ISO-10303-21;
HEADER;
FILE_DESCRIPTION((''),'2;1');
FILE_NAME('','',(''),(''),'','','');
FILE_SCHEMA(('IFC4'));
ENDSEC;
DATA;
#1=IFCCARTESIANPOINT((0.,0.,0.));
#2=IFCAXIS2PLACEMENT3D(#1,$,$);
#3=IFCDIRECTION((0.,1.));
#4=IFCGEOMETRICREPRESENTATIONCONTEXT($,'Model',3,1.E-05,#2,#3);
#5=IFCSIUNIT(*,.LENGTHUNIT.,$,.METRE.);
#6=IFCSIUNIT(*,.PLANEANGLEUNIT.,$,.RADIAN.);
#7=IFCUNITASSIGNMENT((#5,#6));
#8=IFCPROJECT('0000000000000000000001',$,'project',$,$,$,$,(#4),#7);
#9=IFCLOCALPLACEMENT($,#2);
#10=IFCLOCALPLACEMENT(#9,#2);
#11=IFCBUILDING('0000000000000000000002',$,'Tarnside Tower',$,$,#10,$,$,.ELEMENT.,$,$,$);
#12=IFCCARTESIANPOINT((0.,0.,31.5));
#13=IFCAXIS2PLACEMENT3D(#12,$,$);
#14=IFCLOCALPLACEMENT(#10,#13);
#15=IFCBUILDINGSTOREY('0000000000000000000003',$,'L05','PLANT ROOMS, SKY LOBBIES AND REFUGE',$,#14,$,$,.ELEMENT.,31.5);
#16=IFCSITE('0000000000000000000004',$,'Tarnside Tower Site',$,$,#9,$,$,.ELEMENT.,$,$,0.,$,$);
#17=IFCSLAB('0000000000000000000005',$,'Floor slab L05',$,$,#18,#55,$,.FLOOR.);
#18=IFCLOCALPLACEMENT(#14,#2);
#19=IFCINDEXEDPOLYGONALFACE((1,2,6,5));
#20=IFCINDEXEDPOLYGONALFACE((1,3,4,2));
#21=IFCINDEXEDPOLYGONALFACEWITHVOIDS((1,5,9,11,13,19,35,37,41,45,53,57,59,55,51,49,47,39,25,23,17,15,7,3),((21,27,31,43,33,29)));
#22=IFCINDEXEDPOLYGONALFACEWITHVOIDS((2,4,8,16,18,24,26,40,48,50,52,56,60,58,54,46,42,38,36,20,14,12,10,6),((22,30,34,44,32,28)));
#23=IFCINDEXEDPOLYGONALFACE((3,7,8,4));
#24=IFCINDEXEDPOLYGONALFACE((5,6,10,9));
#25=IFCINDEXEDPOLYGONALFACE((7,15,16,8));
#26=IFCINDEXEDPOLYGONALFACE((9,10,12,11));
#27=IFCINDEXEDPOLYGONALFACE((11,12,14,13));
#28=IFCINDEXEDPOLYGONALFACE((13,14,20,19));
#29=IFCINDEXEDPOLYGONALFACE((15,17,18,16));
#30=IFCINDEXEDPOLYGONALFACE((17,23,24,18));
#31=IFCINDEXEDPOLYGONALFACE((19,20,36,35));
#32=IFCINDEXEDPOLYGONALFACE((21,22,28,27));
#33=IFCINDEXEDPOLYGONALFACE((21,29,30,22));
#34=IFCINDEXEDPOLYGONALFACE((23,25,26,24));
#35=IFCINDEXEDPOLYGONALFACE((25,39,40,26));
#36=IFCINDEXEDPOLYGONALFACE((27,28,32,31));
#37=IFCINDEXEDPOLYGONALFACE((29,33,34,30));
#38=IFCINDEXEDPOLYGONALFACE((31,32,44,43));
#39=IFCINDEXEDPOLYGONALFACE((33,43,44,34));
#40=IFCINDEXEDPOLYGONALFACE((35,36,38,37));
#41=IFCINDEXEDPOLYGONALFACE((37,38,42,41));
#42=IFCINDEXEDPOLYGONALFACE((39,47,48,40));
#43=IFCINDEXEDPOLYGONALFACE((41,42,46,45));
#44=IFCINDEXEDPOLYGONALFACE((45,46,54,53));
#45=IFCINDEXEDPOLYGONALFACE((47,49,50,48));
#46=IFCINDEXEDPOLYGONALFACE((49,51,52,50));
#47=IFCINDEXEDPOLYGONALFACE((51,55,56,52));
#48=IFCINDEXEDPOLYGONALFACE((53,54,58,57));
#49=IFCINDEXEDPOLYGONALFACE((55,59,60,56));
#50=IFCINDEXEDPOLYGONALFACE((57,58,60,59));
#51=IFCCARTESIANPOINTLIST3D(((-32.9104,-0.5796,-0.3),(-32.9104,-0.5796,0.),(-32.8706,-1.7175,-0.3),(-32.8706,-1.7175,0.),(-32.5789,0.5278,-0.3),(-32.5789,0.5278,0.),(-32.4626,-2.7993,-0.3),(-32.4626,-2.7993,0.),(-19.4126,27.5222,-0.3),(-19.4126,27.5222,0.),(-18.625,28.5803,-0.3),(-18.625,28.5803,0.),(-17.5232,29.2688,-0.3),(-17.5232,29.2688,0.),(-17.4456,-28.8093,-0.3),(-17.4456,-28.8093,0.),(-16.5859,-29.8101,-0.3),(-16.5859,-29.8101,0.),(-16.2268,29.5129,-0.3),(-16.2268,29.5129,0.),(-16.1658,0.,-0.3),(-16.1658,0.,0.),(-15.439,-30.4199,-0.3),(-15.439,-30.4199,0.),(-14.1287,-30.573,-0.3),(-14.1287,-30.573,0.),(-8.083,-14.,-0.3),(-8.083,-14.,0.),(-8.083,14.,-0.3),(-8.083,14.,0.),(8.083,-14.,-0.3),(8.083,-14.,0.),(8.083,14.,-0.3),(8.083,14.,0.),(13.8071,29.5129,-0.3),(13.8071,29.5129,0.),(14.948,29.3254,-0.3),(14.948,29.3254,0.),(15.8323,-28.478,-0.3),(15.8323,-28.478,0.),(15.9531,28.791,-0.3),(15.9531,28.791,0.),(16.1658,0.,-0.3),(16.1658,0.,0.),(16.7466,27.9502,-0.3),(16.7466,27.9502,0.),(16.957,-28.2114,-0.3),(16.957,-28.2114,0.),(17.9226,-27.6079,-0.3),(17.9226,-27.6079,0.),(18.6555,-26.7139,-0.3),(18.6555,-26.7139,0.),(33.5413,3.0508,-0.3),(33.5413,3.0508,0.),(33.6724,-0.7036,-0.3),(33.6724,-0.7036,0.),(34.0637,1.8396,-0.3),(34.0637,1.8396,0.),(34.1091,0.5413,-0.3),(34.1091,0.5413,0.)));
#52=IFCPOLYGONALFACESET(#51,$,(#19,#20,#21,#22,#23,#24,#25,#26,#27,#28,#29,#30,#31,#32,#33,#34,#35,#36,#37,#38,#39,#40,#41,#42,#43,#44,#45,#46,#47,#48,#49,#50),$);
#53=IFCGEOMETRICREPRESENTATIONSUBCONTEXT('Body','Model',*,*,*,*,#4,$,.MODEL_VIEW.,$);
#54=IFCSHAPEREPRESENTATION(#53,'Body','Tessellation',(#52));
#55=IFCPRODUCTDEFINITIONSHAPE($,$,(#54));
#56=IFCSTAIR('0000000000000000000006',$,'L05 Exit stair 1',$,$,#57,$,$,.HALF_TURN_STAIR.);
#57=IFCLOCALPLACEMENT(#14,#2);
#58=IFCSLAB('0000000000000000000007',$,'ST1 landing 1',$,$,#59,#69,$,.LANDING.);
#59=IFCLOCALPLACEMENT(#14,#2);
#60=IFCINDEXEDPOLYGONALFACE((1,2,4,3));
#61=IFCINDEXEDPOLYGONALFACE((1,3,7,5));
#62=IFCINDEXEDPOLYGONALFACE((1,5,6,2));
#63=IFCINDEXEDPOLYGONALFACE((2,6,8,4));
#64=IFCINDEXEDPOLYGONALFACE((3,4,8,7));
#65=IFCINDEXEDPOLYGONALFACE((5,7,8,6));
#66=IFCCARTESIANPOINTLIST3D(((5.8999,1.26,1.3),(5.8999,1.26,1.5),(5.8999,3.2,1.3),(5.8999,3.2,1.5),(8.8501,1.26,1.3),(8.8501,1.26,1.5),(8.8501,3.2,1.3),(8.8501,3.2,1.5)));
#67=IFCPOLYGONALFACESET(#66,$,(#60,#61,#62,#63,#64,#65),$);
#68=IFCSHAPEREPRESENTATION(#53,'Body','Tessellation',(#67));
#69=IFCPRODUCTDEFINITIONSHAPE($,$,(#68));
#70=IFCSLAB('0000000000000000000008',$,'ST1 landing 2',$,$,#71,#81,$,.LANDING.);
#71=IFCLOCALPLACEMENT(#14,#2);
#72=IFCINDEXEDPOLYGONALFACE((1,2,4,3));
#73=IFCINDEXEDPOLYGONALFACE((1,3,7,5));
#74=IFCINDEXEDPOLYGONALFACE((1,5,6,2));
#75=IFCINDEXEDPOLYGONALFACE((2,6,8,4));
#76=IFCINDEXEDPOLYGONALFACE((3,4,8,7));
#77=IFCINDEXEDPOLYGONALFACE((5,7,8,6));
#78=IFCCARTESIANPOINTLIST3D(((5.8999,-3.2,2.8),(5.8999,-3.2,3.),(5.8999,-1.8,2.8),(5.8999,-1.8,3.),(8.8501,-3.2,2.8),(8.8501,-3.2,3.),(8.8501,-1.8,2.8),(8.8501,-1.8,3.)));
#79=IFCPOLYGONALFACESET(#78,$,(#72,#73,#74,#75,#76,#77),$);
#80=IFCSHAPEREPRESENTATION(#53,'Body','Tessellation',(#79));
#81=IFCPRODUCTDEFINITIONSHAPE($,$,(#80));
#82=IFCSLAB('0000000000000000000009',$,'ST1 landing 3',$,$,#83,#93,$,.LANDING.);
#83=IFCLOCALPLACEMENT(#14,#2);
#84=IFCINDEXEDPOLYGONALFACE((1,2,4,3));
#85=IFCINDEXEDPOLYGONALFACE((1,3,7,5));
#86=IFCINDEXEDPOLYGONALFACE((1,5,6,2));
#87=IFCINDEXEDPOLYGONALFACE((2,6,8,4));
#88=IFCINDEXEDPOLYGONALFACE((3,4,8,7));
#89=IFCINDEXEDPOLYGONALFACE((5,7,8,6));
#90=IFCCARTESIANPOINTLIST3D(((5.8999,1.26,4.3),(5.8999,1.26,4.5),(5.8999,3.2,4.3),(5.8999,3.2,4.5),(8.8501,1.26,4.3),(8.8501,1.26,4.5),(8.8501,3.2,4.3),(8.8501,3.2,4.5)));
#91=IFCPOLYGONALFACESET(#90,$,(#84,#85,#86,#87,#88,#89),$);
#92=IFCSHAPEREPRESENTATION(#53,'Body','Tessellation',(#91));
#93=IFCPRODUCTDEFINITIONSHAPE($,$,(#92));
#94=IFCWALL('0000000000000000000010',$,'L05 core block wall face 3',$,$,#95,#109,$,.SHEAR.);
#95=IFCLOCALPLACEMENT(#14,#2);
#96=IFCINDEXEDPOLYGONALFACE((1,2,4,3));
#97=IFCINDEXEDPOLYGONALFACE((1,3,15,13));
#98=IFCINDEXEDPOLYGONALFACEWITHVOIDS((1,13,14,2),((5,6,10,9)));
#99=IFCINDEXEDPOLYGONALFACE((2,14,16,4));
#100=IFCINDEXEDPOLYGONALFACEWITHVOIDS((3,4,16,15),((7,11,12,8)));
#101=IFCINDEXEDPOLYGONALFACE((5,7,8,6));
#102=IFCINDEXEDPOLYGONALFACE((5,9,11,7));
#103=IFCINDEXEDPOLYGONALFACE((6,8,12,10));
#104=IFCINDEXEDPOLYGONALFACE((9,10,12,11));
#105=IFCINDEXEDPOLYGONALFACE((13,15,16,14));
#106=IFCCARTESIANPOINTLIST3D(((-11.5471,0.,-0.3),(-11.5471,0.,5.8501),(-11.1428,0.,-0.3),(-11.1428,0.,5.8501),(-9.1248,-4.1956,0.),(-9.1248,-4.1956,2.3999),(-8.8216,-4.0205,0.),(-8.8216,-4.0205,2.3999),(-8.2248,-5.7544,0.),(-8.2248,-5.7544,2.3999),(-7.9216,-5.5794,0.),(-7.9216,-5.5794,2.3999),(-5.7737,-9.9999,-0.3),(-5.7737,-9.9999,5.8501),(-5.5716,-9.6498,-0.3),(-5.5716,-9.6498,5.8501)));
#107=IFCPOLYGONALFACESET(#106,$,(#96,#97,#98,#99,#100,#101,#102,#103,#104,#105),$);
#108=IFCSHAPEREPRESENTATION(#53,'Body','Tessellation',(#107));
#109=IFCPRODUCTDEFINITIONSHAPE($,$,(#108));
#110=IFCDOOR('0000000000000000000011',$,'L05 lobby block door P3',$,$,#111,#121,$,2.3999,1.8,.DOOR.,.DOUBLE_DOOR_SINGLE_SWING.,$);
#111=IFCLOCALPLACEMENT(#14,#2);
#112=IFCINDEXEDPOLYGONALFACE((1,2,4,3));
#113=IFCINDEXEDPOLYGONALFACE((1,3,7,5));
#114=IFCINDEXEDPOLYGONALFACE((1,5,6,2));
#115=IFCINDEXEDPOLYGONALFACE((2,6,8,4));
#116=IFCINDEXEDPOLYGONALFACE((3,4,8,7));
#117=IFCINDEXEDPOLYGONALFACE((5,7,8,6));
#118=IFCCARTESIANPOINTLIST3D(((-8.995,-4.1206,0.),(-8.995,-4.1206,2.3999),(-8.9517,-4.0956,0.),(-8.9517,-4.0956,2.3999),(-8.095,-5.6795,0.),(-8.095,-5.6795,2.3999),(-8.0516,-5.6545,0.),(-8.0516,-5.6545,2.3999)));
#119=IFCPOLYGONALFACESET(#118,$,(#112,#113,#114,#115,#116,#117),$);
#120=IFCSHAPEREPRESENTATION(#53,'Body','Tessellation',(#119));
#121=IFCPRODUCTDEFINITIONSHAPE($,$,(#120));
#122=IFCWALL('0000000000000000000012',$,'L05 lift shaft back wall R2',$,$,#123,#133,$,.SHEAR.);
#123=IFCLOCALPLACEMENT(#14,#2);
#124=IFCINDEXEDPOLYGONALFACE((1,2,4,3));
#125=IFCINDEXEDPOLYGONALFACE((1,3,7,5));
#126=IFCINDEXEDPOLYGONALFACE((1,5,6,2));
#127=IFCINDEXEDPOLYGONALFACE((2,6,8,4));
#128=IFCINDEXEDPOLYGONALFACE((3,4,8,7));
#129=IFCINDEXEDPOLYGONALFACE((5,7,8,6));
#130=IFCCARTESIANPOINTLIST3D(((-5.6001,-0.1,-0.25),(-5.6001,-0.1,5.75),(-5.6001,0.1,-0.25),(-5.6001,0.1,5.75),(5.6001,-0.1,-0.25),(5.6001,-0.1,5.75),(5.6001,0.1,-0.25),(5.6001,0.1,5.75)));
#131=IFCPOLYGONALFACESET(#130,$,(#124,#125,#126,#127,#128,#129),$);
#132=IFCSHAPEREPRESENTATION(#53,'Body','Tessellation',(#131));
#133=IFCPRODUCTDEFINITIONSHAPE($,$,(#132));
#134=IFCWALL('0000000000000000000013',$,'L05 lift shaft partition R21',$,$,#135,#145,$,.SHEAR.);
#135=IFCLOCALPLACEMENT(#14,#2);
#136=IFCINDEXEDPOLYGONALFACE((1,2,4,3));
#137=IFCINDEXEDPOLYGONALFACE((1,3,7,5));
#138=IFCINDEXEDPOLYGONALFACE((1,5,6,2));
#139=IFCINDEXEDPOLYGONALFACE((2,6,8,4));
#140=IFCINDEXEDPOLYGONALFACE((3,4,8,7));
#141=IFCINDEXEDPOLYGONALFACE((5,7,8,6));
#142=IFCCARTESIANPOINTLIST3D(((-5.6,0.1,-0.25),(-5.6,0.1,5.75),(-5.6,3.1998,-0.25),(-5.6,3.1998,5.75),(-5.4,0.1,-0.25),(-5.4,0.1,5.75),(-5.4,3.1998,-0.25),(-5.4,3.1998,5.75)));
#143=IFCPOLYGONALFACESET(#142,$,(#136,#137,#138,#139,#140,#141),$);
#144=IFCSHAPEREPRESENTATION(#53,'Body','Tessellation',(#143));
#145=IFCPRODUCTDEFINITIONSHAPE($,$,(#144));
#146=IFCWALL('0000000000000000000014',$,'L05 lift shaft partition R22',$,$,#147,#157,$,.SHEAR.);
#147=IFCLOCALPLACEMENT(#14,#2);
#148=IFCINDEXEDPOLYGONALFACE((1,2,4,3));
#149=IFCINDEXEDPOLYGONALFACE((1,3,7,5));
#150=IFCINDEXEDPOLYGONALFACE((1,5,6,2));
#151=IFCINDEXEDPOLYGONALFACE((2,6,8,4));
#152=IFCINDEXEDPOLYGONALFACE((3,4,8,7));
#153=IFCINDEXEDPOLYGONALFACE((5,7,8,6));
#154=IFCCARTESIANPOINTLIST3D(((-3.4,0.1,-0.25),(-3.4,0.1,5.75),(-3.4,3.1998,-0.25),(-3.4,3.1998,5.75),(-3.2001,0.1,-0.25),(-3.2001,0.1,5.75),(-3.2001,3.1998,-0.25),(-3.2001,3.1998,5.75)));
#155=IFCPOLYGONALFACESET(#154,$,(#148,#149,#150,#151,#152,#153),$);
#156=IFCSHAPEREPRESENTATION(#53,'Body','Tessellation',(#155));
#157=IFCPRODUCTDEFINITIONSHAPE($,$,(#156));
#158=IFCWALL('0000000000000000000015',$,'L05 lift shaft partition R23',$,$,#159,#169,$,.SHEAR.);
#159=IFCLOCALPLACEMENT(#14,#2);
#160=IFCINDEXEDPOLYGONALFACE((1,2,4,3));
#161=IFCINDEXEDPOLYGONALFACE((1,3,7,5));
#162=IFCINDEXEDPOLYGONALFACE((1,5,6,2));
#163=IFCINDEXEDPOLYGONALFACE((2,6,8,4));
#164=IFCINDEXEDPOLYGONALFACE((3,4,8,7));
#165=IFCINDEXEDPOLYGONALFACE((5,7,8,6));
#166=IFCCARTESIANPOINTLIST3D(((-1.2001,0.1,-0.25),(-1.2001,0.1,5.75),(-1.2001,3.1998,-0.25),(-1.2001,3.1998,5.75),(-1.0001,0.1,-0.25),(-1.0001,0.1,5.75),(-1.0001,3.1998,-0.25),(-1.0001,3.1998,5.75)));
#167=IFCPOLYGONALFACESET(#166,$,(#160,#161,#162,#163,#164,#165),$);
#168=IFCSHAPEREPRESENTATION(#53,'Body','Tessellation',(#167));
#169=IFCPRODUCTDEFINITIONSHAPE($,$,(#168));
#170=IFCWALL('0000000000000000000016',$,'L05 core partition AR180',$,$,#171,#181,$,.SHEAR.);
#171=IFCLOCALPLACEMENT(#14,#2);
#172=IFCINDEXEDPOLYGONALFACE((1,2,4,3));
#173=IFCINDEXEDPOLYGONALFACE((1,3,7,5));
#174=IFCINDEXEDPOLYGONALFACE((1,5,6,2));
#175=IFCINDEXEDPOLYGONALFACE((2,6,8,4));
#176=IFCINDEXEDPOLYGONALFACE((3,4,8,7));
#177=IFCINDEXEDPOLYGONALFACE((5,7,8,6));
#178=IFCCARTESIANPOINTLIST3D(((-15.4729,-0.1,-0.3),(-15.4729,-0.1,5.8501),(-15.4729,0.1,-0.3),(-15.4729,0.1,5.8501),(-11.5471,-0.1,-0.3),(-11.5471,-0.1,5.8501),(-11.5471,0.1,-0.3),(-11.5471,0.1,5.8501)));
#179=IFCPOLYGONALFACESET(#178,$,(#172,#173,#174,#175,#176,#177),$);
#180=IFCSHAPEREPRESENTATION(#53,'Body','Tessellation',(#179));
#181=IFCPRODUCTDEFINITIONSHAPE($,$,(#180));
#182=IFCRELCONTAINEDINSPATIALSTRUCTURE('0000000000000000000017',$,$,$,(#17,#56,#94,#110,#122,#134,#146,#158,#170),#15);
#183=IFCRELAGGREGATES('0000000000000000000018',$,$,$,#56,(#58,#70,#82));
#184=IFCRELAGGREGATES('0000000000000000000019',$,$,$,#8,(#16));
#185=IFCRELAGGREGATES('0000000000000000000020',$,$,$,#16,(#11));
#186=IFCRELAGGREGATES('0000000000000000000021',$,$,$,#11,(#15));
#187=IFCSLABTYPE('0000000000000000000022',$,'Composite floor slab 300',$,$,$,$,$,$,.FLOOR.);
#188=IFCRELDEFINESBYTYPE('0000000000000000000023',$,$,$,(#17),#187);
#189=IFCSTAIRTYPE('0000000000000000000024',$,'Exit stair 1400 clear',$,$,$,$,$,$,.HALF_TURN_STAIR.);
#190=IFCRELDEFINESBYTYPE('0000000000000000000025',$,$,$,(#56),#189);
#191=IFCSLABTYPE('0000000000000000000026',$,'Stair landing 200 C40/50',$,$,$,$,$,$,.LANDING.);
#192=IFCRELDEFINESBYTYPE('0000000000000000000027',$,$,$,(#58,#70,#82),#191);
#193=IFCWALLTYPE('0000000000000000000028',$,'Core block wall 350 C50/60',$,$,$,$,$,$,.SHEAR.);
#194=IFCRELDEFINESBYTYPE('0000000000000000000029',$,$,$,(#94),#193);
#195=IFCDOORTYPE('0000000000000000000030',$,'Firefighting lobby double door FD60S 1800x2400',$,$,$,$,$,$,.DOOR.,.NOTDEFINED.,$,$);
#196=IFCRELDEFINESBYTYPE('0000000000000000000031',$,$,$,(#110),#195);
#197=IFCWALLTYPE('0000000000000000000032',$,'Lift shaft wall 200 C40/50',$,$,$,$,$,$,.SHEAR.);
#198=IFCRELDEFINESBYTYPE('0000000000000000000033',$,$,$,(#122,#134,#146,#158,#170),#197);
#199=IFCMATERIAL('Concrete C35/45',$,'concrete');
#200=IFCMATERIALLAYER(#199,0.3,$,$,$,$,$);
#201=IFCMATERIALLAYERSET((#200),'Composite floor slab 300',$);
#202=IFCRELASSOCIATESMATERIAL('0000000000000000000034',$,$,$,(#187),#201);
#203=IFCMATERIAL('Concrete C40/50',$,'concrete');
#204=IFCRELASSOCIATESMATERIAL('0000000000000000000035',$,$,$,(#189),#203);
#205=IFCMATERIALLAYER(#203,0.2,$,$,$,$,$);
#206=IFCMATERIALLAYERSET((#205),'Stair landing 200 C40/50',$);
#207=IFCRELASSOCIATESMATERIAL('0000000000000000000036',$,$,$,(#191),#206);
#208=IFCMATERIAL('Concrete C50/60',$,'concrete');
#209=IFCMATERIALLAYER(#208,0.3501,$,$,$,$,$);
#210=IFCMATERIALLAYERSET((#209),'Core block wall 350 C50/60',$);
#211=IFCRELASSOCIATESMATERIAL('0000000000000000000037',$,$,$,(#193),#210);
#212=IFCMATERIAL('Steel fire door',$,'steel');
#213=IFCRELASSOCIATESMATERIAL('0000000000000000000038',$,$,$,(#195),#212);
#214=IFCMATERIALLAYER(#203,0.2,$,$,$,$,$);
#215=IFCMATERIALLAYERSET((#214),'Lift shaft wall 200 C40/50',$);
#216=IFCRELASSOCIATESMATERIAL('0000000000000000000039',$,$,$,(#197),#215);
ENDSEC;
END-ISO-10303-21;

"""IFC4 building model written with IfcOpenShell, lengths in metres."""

from ifc_helpers import new_model, si_unit, direction, frame, frame_2d, origin, place, context, subcontext, project, spatial, polyline, rectangle, outline, extrude, material, layer, layer_set, type_object, element, fill, aggregate, save


model = new_model("IFC4")

# Units and contexts
model_context = context("Model", 3, precision=1e-05, world=origin(), true_north=direction((0.0, 1.0)))
body_context = subcontext(model_context, "Body", "Model", "MODEL_VIEW")
ifc_project = project(units=[si_unit("LENGTHUNIT", "METRE"), si_unit("PLANEANGLEUNIT", "RADIAN")], contexts=[model_context])

# Site, building, storey
site_placement = place(None, origin())
site = spatial("IfcSite", under=ifc_project, at=site_placement, Name="Tarnside Tower Site", CompositionType="ELEMENT", RefElevation=0.0)
building_placement = place(site_placement, origin())
building = spatial("IfcBuilding", under=site, at=building_placement, Name="Tarnside Tower", CompositionType="ELEMENT")
storey_placement = place(building_placement, frame((0.0, 0.0, 31.5)))
storey = spatial("IfcBuildingStorey", under=building, at=storey_placement, Name="L05", Description="PLANT ROOMS, SKY LOBBIES AND REFUGE", CompositionType="ELEMENT", Elevation=31.5)

# Slab
ifc_material_1 = material(Name="Concrete C35/45", Category="concrete")
ifc_layer_1 = layer(ifc_material_1, 0.3)
ifc_layer_set_1 = layer_set([ifc_layer_1], Name="Composite floor slab 300")
slab_type_1 = type_object("IfcSlabType", Name="Composite floor slab 300", PredefinedType="FLOOR", material=ifc_layer_set_1)
slab_1_placement = place(storey_placement, frame((0.0, 0.0, -0.3)))
element("IfcSlab", 1, at=slab_1_placement, inside=storey, type_object=slab_type_1, Name="Floor slab L05", PredefinedType="FLOOR", context=body_context, shape_type="SweptSolid", body=[
    extrude(outline(polyline([(14.948, 29.3254), (15.9531, 28.791), (16.7466, 27.9502), (33.5413, 3.0508), (34.0637, 1.8396), (34.1091, 0.5413), (33.6724, -0.7036), (18.6555, -26.7139), (17.9226, -27.6079), (16.957, -28.2114), (15.8323, -28.478), (-14.1287, -30.573), (-15.439, -30.4199), (-16.5859, -29.8101), (-17.4456, -28.8093), (-32.4626, -2.7993), (-32.8706, -1.7175), (-32.9104, -0.5796), (-32.5789, 0.5278), (-19.4126, 27.5222), (-18.625, 28.5803), (-17.5232, 29.2688), (-16.2268, 29.5129), (13.8071, 29.5129), (14.948, 29.3254)]), holes=[polyline([(-16.1658, 0.0), (-8.083, -14.0), (8.083, -14.0), (16.1658, 0.0), (8.083, 14.0), (-8.083, 14.0), (-16.1658, 0.0)])]), origin(), (0.0, 0.0, 1.0), 0.3),
])

# Stair, slabs
ifc_material_2 = material(Name="Concrete C40/50", Category="concrete")
stair_type = type_object("IfcStairType", Name="Exit stair 1400 clear", PredefinedType="HALF_TURN_STAIR", material=ifc_material_2)
stair_1_placement = place(storey_placement, origin())
stair_1 = element("IfcStair", 2, at=stair_1_placement, inside=storey, type_object=stair_type, Name="L05 Exit stair 1", PredefinedType="HALF_TURN_STAIR")
ifc_layer_2 = layer(ifc_material_2, 0.2)
ifc_layer_set_2 = layer_set([ifc_layer_2], Name="Stair landing 200 C40/50")
slab_type_2 = type_object("IfcSlabType", Name="Stair landing 200 C40/50", PredefinedType="LANDING", material=ifc_layer_set_2)
slab_2_placement = place(storey_placement, frame((0.0, 0.0, 1.3)))
slab_2 = element("IfcSlab", 3, at=slab_2_placement, type_object=slab_type_2, Name="ST1 landing 1", PredefinedType="LANDING", context=body_context, shape_type="SweptSolid", body=[
    extrude(outline(polyline([(8.8501, 1.26), (8.8501, 3.2), (5.8999, 3.2), (5.8999, 1.26), (8.8501, 1.26)])), origin(), (0.0, 0.0, 1.0), 0.2),
])
slab_3_placement = place(storey_placement, frame((0.0, 0.0, 2.8)))
slab_3 = element("IfcSlab", 4, at=slab_3_placement, type_object=slab_type_2, Name="ST1 landing 2", PredefinedType="LANDING", context=body_context, shape_type="SweptSolid", body=[
    extrude(outline(polyline([(8.8501, -3.2), (8.8501, -1.8), (5.8999, -1.8), (5.8999, -3.2), (8.8501, -3.2)])), origin(), (0.0, 0.0, 1.0), 0.2),
])
slab_4_placement = place(storey_placement, frame((0.0, 0.0, 4.3)))
slab_4 = element("IfcSlab", 5, at=slab_4_placement, type_object=slab_type_2, Name="ST1 landing 3", PredefinedType="LANDING", context=body_context, shape_type="SweptSolid", body=[
    extrude(outline(polyline([(8.8501, 1.26), (8.8501, 3.2), (5.8999, 3.2), (5.8999, 1.26), (8.8501, 1.26)])), origin(), (0.0, 0.0, 1.0), 0.2),
])
aggregate(stair_1, [slab_2, slab_3, slab_4])

# Wall, opening, door
ifc_material_3 = material(Name="Concrete C50/60", Category="concrete")
ifc_layer_3 = layer(ifc_material_3, 0.3501)
ifc_layer_set_3 = layer_set([ifc_layer_3], Name="Core block wall 350 C50/60")
wall_type_1 = type_object("IfcWallType", Name="Core block wall 350 C50/60", PredefinedType="SHEAR", material=ifc_layer_set_3)
wall_1_placement = place(storey_placement, frame((-11.345, 0.0, -0.3), z_axis=(0.0, 0.0, 1.0), x_axis=(0.499995, -0.866028, 0.0)))
wall_1 = element("IfcWall", 6, at=wall_1_placement, inside=storey, type_object=wall_type_1, Name="L05 core block wall face 3", PredefinedType="SHEAR", context=body_context, shape_type="SweptSolid", body=[
    extrude(outline(polyline([(-0.1011, -0.175), (11.4458, -0.175), (11.2437, 0.175), (0.1011, 0.175), (-0.1011, -0.175)])), origin(), (0.0, 0.0, 1.0), 6.1501),
])
opening_placement = place(wall_1_placement, frame((4.7437, 0.0, 0.3)))
opening = element("IfcOpeningElement", 7, at=opening_placement, cuts=wall_1, PredefinedType="OPENING", context=body_context, shape_type="SweptSolid", body=[
    extrude(rectangle(XDim=1.8, YDim=2.3999, at=frame_2d((0.8999, 1.2))), frame((0.0, 0.1851, 0.0), z_axis=(0.0, -1.0, 0.0), x_axis=(1.0, 0.0, 0.0)), (0.0, 0.0, 1.0), 0.3701),
])
ifc_material_4 = material(Name="Steel fire door", Category="steel")
door_type = type_object("IfcDoorType", Name="Firefighting lobby double door FD60S 1800x2400", OperationType="NOTDEFINED", PredefinedType="DOOR", material=ifc_material_4)
door_placement = place(opening_placement, origin())
door = element("IfcDoor", 8, at=door_placement, inside=storey, type_object=door_type, Name="L05 lobby block door P3", OperationType="DOUBLE_DOOR_SINGLE_SWING", OverallHeight=2.3999, OverallWidth=1.8, PredefinedType="DOOR", context=body_context, shape_type="SweptSolid", body=[
    extrude(rectangle(XDim=1.8, YDim=2.3999, at=frame_2d((0.8999, 1.2))), frame((0.0, 0.0249, 0.0), z_axis=(0.0, -1.0, 0.0), x_axis=(1.0, 0.0, 0.0)), (0.0, 0.0, 1.0), 0.05),
])
fill(opening, door)

# Walls
ifc_layer_4 = layer(ifc_material_2, 0.2)
ifc_layer_set_4 = layer_set([ifc_layer_4], Name="Lift shaft wall 200 C40/50")
wall_type_2 = type_object("IfcWallType", Name="Lift shaft wall 200 C40/50", PredefinedType="SHEAR", material=ifc_layer_set_4)
wall_2_placement = place(storey_placement, frame((-5.6001, 0.0, -0.25), z_axis=(0.0, 0.0, 1.0), x_axis=(1.0, 0.0, 0.0)))
element("IfcWall", 9, at=wall_2_placement, inside=storey, type_object=wall_type_2, Name="L05 lift shaft back wall R2", PredefinedType="SHEAR", context=body_context, shape_type="SweptSolid", body=[
    extrude(rectangle(XDim=11.2002, YDim=0.2, at=frame_2d((5.6001, 0.0))), origin(), (0.0, 0.0, 1.0), 6.0),
])
for number, where, z_axis, x_axis, name in (
    (10, (-5.5, 0.1001, -0.25), (0.0, 0.0, 1.0), (0.0, 1.0, 0.0), "L05 lift shaft partition R21"),
    (11, (-3.3, 0.1001, -0.25), (0.0, 0.0, 1.0), (0.0, 1.0, 0.0), "L05 lift shaft partition R22"),
    (12, (-1.1001, 0.1001, -0.25), (0.0, 0.0, 1.0), (0.0, 1.0, 0.0), "L05 lift shaft partition R23"),
):
    element("IfcWall", number, at=place(storey_placement, frame(where, z_axis=z_axis, x_axis=x_axis)), inside=storey, type_object=wall_type_2, Name=name, PredefinedType="SHEAR", context=body_context, shape_type="SweptSolid", body=[
        extrude(rectangle(XDim=3.0999, YDim=0.2, at=frame_2d((1.5498, 0.0))), origin(), (0.0, 0.0, 1.0), 6.0),
    ])
wall_3_placement = place(storey_placement, frame((-11.5471, 0.0, -0.3), z_axis=(0.0, 0.0, 1.0), x_axis=(-1.0, 0.0, 0.0)))
element("IfcWall", 13, at=wall_3_placement, inside=storey, type_object=wall_type_2, Name="L05 core partition AR180", PredefinedType="SHEAR", context=body_context, shape_type="SweptSolid", body=[
    extrude(rectangle(XDim=3.9258, YDim=0.2, at=frame_2d((1.9629, 0.0))), origin(), (0.0, 0.0, 1.0), 6.1501),
])

save(model, "model.ifc")
